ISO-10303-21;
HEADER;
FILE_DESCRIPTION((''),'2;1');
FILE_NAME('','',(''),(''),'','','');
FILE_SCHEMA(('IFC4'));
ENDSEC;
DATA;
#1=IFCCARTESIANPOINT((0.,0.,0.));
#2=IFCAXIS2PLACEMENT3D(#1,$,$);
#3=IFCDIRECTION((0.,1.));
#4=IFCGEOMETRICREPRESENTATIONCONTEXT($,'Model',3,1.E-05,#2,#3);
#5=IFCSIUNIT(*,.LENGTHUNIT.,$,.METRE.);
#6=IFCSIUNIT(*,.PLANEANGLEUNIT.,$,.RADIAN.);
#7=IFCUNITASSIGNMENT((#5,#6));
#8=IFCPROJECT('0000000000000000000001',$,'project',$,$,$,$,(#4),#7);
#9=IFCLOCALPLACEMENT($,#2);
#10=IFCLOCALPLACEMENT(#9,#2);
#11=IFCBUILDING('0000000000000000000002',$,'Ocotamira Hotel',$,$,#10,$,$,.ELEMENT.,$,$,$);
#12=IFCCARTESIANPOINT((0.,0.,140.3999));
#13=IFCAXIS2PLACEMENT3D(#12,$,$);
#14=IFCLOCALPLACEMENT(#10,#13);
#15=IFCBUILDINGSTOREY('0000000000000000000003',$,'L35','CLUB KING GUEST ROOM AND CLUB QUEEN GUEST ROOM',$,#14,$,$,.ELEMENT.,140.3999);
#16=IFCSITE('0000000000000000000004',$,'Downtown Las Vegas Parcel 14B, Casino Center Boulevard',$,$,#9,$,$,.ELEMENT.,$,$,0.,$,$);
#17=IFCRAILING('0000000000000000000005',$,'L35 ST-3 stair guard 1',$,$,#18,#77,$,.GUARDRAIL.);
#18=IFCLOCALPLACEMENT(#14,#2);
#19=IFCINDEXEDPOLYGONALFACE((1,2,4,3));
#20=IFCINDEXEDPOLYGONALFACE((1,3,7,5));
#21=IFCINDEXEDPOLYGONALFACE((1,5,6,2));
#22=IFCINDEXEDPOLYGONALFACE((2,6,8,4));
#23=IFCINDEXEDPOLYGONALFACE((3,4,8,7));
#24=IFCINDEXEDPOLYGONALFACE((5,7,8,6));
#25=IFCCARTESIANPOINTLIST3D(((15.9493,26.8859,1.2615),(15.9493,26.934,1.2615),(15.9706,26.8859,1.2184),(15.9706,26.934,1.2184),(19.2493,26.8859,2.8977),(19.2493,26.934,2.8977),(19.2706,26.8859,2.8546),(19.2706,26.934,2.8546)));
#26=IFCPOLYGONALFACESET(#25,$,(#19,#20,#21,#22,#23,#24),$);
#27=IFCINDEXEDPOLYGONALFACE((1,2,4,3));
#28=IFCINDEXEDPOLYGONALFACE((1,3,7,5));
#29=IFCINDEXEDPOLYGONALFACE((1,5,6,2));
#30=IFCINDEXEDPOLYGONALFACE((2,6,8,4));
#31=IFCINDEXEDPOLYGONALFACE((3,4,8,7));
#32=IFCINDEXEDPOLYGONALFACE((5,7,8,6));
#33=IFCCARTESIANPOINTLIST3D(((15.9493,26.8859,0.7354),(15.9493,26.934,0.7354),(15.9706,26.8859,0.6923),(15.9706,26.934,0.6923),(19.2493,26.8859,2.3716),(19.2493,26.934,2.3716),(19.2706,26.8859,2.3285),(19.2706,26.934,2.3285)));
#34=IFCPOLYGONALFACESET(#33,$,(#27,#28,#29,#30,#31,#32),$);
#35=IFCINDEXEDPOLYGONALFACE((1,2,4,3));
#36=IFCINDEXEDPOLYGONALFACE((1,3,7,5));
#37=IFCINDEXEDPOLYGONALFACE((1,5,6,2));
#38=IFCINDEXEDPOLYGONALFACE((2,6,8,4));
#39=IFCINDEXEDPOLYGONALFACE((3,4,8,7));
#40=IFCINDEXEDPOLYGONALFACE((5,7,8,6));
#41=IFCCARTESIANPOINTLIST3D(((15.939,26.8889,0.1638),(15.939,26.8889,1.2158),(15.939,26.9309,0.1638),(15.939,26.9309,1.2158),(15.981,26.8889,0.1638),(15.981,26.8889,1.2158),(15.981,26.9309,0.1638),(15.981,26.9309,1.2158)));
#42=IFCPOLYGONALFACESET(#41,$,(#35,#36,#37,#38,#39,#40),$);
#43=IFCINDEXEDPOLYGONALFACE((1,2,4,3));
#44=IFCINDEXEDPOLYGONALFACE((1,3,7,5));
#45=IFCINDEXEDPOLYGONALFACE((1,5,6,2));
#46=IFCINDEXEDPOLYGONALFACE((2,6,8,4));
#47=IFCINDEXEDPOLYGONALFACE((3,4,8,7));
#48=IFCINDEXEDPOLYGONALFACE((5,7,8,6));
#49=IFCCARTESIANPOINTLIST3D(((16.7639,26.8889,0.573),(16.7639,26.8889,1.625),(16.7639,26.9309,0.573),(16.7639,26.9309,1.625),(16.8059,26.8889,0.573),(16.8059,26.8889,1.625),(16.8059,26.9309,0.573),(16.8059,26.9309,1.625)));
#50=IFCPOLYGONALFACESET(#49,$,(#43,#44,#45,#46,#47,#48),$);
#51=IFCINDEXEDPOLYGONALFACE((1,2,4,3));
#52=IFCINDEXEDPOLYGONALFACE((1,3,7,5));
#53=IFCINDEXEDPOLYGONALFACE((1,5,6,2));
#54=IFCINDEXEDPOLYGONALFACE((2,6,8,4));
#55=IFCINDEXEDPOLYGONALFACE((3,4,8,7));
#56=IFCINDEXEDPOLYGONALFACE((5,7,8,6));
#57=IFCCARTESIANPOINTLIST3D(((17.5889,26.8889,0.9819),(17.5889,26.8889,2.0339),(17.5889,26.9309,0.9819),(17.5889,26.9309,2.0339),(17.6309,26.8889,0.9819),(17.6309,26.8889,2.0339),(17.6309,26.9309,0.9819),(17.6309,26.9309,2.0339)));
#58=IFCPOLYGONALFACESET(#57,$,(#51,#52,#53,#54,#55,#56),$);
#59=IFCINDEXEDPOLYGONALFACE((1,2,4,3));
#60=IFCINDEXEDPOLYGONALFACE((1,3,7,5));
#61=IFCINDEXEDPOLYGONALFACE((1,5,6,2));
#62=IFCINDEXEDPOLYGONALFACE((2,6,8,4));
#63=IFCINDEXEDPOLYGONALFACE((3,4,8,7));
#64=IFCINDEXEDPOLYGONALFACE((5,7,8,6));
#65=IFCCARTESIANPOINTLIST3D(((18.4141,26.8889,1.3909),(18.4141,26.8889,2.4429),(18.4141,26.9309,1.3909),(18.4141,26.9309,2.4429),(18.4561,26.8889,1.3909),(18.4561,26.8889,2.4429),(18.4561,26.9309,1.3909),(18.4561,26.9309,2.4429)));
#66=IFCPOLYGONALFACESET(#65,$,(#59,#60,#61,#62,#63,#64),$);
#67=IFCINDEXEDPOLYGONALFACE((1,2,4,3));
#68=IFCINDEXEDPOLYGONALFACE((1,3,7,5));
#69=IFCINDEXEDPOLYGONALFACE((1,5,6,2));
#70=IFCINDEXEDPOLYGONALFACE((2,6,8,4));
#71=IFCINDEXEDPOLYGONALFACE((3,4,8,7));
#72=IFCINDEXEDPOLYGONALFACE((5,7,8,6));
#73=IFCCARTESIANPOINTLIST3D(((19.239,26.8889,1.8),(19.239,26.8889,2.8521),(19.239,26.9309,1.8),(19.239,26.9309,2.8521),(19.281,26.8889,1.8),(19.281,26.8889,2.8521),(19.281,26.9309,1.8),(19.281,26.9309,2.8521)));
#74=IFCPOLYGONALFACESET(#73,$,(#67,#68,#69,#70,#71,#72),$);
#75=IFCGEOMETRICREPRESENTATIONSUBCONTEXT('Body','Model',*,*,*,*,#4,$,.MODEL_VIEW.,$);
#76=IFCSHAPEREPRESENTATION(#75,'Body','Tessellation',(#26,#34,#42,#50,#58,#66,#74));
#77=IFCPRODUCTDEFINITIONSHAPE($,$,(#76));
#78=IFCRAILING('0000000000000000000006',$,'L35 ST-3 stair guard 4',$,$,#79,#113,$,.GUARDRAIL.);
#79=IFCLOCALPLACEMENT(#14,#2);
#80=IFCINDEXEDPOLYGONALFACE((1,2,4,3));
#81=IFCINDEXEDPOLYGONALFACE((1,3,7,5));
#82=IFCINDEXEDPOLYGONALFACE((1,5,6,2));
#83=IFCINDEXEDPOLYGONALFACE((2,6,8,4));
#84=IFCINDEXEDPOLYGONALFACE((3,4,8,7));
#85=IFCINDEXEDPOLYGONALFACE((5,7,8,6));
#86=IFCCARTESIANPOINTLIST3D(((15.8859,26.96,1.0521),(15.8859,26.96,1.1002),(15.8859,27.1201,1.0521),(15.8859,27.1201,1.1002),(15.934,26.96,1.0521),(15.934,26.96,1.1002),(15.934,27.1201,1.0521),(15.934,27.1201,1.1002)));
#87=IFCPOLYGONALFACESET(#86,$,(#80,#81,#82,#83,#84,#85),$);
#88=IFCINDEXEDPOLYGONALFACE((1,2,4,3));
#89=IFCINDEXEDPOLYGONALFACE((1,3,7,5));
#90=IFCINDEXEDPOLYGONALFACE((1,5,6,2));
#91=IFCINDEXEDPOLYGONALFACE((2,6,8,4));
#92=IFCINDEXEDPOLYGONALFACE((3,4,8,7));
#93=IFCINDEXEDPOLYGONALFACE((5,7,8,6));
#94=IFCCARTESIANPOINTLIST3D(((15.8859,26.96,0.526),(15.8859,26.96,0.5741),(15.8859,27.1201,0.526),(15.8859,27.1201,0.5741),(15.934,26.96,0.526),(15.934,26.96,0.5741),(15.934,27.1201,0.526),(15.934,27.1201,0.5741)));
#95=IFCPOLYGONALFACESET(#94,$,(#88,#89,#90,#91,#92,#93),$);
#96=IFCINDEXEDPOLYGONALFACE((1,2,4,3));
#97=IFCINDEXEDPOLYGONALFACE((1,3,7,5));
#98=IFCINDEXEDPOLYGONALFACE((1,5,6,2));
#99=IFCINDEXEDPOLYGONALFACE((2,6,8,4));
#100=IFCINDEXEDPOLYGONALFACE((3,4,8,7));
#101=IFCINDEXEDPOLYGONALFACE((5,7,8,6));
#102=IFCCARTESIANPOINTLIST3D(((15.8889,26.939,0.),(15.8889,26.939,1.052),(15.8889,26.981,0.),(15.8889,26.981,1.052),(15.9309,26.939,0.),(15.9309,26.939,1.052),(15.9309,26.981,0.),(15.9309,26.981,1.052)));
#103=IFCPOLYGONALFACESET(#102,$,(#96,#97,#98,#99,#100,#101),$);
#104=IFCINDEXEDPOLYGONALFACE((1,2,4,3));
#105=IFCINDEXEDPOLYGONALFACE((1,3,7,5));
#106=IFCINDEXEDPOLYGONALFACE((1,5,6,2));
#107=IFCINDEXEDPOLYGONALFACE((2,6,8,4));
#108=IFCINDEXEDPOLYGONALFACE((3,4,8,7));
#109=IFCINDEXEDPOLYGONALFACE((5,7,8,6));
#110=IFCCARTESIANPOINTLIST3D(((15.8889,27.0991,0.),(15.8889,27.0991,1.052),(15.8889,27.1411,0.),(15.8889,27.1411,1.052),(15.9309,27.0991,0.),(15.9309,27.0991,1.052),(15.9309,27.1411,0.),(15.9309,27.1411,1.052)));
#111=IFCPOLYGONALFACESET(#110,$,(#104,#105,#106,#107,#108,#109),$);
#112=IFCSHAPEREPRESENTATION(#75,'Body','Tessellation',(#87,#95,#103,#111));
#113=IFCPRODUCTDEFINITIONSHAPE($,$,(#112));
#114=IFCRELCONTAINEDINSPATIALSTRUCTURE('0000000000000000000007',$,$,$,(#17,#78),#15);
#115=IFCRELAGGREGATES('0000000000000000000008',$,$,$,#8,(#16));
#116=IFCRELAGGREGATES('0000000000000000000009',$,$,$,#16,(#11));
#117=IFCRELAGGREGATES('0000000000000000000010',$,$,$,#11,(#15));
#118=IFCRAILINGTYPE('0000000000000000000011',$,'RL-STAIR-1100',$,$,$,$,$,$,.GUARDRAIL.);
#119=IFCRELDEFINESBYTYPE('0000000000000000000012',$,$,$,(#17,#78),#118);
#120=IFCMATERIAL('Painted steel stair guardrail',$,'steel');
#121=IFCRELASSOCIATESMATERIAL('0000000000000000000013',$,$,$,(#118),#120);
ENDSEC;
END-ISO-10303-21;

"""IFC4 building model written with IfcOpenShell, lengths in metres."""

from ifc_helpers import new_model, si_unit, direction, frame, origin, origin_2d, place, context, subcontext, project, spatial, rectangle, extrude, material, type_object, element, save


model = new_model("IFC4")

# Units and contexts
model_context = context("Model", 3, precision=1e-05, world=origin(), true_north=direction((0.0, 1.0)))
body_context = subcontext(model_context, "Body", "Model", "MODEL_VIEW")
ifc_project = project(units=[si_unit("LENGTHUNIT", "METRE"), si_unit("PLANEANGLEUNIT", "RADIAN")], contexts=[model_context])

# Site, building, storey
site_placement = place(None, origin())
site = spatial("IfcSite", under=ifc_project, at=site_placement, Name="Downtown Las Vegas Parcel 14B, Casino Center Boulevard", CompositionType="ELEMENT", RefElevation=0.0)
building_placement = place(site_placement, origin())
building = spatial("IfcBuilding", under=site, at=building_placement, Name="Ocotamira Hotel", CompositionType="ELEMENT")
storey_placement = place(building_placement, frame((0.0, 0.0, 140.3999)))
storey = spatial("IfcBuildingStorey", under=building, at=storey_placement, Name="L35", Description="CLUB KING GUEST ROOM AND CLUB QUEEN GUEST ROOM", CompositionType="ELEMENT", Elevation=140.3999)

# Railings
ifc_material_1 = material(Name="Painted steel stair guardrail", Category="steel")
railing_type_1 = type_object("IfcRailingType", Name="RL-STAIR-1100", PredefinedType="GUARDRAIL", material=ifc_material_1)
railing_1_placement = place(storey_placement, frame((15.96, 26.9099, 0.1638)))
element("IfcRailing", 1, at=railing_1_placement, inside=storey, type_object=railing_type_1, Name="L35 ST-3 stair guard 1", PredefinedType="GUARDRAIL", context=body_context, shape_type="SweptSolid", body=[
    extrude(rectangle(XDim=0.0481, YDim=0.0481, at=origin_2d()), frame((0.0, 0.0, 1.0762), z_axis=(0.89592, 0.0, 0.444215), x_axis=(0.0, 1.0, 0.0)), (0.0, 0.0, 1.0), 3.6833),
    extrude(rectangle(XDim=0.0481, YDim=0.0481, at=origin_2d()), frame((0.0, 0.0, 0.55), z_axis=(0.89592, 0.0, 0.444215), x_axis=(0.0, 1.0, 0.0)), (0.0, 0.0, 1.0), 3.6833),
    extrude(rectangle(XDim=0.042, YDim=0.042, at=origin_2d()), origin(), (0.0, 0.0, 1.0), 1.052),
    extrude(rectangle(XDim=0.042, YDim=0.042, at=origin_2d()), frame((0.825, 0.0, 0.4092)), (0.0, 0.0, 1.0), 1.052),
    extrude(rectangle(XDim=0.042, YDim=0.042, at=origin_2d()), frame((1.6499, 0.0, 0.8181)), (0.0, 0.0, 1.0), 1.052),
    extrude(rectangle(XDim=0.042, YDim=0.042, at=origin_2d()), frame((2.4751, 0.0, 1.2271)), (0.0, 0.0, 1.0), 1.052),
    extrude(rectangle(XDim=0.042, YDim=0.042, at=origin_2d()), frame((3.3, 0.0, 1.6362)), (0.0, 0.0, 1.0), 1.052),
])
railing_2_placement = place(storey_placement, frame((15.9099, 26.96, 0.0)))
element("IfcRailing", 2, at=railing_2_placement, inside=storey, type_object=railing_type_1, Name="L35 ST-3 stair guard 4", PredefinedType="GUARDRAIL", context=body_context, shape_type="SweptSolid", body=[
    extrude(rectangle(XDim=0.0481, YDim=0.0481, at=origin_2d()), frame((0.0, 0.0, 1.0762), z_axis=(0.0, 1.0, 0.0), x_axis=(-1.0, 0.0, 0.0)), (0.0, 0.0, 1.0), 0.1602),
    extrude(rectangle(XDim=0.0481, YDim=0.0481, at=origin_2d()), frame((0.0, 0.0, 0.55), z_axis=(0.0, 1.0, 0.0), x_axis=(-1.0, 0.0, 0.0)), (0.0, 0.0, 1.0), 0.1602),
    extrude(rectangle(XDim=0.042, YDim=0.042, at=origin_2d()), origin(), (0.0, 0.0, 1.0), 1.052),
    extrude(rectangle(XDim=0.042, YDim=0.042, at=origin_2d()), frame((0.0, 0.1602, 0.0)), (0.0, 0.0, 1.0), 1.052),
])

save(model, "model.ifc")
